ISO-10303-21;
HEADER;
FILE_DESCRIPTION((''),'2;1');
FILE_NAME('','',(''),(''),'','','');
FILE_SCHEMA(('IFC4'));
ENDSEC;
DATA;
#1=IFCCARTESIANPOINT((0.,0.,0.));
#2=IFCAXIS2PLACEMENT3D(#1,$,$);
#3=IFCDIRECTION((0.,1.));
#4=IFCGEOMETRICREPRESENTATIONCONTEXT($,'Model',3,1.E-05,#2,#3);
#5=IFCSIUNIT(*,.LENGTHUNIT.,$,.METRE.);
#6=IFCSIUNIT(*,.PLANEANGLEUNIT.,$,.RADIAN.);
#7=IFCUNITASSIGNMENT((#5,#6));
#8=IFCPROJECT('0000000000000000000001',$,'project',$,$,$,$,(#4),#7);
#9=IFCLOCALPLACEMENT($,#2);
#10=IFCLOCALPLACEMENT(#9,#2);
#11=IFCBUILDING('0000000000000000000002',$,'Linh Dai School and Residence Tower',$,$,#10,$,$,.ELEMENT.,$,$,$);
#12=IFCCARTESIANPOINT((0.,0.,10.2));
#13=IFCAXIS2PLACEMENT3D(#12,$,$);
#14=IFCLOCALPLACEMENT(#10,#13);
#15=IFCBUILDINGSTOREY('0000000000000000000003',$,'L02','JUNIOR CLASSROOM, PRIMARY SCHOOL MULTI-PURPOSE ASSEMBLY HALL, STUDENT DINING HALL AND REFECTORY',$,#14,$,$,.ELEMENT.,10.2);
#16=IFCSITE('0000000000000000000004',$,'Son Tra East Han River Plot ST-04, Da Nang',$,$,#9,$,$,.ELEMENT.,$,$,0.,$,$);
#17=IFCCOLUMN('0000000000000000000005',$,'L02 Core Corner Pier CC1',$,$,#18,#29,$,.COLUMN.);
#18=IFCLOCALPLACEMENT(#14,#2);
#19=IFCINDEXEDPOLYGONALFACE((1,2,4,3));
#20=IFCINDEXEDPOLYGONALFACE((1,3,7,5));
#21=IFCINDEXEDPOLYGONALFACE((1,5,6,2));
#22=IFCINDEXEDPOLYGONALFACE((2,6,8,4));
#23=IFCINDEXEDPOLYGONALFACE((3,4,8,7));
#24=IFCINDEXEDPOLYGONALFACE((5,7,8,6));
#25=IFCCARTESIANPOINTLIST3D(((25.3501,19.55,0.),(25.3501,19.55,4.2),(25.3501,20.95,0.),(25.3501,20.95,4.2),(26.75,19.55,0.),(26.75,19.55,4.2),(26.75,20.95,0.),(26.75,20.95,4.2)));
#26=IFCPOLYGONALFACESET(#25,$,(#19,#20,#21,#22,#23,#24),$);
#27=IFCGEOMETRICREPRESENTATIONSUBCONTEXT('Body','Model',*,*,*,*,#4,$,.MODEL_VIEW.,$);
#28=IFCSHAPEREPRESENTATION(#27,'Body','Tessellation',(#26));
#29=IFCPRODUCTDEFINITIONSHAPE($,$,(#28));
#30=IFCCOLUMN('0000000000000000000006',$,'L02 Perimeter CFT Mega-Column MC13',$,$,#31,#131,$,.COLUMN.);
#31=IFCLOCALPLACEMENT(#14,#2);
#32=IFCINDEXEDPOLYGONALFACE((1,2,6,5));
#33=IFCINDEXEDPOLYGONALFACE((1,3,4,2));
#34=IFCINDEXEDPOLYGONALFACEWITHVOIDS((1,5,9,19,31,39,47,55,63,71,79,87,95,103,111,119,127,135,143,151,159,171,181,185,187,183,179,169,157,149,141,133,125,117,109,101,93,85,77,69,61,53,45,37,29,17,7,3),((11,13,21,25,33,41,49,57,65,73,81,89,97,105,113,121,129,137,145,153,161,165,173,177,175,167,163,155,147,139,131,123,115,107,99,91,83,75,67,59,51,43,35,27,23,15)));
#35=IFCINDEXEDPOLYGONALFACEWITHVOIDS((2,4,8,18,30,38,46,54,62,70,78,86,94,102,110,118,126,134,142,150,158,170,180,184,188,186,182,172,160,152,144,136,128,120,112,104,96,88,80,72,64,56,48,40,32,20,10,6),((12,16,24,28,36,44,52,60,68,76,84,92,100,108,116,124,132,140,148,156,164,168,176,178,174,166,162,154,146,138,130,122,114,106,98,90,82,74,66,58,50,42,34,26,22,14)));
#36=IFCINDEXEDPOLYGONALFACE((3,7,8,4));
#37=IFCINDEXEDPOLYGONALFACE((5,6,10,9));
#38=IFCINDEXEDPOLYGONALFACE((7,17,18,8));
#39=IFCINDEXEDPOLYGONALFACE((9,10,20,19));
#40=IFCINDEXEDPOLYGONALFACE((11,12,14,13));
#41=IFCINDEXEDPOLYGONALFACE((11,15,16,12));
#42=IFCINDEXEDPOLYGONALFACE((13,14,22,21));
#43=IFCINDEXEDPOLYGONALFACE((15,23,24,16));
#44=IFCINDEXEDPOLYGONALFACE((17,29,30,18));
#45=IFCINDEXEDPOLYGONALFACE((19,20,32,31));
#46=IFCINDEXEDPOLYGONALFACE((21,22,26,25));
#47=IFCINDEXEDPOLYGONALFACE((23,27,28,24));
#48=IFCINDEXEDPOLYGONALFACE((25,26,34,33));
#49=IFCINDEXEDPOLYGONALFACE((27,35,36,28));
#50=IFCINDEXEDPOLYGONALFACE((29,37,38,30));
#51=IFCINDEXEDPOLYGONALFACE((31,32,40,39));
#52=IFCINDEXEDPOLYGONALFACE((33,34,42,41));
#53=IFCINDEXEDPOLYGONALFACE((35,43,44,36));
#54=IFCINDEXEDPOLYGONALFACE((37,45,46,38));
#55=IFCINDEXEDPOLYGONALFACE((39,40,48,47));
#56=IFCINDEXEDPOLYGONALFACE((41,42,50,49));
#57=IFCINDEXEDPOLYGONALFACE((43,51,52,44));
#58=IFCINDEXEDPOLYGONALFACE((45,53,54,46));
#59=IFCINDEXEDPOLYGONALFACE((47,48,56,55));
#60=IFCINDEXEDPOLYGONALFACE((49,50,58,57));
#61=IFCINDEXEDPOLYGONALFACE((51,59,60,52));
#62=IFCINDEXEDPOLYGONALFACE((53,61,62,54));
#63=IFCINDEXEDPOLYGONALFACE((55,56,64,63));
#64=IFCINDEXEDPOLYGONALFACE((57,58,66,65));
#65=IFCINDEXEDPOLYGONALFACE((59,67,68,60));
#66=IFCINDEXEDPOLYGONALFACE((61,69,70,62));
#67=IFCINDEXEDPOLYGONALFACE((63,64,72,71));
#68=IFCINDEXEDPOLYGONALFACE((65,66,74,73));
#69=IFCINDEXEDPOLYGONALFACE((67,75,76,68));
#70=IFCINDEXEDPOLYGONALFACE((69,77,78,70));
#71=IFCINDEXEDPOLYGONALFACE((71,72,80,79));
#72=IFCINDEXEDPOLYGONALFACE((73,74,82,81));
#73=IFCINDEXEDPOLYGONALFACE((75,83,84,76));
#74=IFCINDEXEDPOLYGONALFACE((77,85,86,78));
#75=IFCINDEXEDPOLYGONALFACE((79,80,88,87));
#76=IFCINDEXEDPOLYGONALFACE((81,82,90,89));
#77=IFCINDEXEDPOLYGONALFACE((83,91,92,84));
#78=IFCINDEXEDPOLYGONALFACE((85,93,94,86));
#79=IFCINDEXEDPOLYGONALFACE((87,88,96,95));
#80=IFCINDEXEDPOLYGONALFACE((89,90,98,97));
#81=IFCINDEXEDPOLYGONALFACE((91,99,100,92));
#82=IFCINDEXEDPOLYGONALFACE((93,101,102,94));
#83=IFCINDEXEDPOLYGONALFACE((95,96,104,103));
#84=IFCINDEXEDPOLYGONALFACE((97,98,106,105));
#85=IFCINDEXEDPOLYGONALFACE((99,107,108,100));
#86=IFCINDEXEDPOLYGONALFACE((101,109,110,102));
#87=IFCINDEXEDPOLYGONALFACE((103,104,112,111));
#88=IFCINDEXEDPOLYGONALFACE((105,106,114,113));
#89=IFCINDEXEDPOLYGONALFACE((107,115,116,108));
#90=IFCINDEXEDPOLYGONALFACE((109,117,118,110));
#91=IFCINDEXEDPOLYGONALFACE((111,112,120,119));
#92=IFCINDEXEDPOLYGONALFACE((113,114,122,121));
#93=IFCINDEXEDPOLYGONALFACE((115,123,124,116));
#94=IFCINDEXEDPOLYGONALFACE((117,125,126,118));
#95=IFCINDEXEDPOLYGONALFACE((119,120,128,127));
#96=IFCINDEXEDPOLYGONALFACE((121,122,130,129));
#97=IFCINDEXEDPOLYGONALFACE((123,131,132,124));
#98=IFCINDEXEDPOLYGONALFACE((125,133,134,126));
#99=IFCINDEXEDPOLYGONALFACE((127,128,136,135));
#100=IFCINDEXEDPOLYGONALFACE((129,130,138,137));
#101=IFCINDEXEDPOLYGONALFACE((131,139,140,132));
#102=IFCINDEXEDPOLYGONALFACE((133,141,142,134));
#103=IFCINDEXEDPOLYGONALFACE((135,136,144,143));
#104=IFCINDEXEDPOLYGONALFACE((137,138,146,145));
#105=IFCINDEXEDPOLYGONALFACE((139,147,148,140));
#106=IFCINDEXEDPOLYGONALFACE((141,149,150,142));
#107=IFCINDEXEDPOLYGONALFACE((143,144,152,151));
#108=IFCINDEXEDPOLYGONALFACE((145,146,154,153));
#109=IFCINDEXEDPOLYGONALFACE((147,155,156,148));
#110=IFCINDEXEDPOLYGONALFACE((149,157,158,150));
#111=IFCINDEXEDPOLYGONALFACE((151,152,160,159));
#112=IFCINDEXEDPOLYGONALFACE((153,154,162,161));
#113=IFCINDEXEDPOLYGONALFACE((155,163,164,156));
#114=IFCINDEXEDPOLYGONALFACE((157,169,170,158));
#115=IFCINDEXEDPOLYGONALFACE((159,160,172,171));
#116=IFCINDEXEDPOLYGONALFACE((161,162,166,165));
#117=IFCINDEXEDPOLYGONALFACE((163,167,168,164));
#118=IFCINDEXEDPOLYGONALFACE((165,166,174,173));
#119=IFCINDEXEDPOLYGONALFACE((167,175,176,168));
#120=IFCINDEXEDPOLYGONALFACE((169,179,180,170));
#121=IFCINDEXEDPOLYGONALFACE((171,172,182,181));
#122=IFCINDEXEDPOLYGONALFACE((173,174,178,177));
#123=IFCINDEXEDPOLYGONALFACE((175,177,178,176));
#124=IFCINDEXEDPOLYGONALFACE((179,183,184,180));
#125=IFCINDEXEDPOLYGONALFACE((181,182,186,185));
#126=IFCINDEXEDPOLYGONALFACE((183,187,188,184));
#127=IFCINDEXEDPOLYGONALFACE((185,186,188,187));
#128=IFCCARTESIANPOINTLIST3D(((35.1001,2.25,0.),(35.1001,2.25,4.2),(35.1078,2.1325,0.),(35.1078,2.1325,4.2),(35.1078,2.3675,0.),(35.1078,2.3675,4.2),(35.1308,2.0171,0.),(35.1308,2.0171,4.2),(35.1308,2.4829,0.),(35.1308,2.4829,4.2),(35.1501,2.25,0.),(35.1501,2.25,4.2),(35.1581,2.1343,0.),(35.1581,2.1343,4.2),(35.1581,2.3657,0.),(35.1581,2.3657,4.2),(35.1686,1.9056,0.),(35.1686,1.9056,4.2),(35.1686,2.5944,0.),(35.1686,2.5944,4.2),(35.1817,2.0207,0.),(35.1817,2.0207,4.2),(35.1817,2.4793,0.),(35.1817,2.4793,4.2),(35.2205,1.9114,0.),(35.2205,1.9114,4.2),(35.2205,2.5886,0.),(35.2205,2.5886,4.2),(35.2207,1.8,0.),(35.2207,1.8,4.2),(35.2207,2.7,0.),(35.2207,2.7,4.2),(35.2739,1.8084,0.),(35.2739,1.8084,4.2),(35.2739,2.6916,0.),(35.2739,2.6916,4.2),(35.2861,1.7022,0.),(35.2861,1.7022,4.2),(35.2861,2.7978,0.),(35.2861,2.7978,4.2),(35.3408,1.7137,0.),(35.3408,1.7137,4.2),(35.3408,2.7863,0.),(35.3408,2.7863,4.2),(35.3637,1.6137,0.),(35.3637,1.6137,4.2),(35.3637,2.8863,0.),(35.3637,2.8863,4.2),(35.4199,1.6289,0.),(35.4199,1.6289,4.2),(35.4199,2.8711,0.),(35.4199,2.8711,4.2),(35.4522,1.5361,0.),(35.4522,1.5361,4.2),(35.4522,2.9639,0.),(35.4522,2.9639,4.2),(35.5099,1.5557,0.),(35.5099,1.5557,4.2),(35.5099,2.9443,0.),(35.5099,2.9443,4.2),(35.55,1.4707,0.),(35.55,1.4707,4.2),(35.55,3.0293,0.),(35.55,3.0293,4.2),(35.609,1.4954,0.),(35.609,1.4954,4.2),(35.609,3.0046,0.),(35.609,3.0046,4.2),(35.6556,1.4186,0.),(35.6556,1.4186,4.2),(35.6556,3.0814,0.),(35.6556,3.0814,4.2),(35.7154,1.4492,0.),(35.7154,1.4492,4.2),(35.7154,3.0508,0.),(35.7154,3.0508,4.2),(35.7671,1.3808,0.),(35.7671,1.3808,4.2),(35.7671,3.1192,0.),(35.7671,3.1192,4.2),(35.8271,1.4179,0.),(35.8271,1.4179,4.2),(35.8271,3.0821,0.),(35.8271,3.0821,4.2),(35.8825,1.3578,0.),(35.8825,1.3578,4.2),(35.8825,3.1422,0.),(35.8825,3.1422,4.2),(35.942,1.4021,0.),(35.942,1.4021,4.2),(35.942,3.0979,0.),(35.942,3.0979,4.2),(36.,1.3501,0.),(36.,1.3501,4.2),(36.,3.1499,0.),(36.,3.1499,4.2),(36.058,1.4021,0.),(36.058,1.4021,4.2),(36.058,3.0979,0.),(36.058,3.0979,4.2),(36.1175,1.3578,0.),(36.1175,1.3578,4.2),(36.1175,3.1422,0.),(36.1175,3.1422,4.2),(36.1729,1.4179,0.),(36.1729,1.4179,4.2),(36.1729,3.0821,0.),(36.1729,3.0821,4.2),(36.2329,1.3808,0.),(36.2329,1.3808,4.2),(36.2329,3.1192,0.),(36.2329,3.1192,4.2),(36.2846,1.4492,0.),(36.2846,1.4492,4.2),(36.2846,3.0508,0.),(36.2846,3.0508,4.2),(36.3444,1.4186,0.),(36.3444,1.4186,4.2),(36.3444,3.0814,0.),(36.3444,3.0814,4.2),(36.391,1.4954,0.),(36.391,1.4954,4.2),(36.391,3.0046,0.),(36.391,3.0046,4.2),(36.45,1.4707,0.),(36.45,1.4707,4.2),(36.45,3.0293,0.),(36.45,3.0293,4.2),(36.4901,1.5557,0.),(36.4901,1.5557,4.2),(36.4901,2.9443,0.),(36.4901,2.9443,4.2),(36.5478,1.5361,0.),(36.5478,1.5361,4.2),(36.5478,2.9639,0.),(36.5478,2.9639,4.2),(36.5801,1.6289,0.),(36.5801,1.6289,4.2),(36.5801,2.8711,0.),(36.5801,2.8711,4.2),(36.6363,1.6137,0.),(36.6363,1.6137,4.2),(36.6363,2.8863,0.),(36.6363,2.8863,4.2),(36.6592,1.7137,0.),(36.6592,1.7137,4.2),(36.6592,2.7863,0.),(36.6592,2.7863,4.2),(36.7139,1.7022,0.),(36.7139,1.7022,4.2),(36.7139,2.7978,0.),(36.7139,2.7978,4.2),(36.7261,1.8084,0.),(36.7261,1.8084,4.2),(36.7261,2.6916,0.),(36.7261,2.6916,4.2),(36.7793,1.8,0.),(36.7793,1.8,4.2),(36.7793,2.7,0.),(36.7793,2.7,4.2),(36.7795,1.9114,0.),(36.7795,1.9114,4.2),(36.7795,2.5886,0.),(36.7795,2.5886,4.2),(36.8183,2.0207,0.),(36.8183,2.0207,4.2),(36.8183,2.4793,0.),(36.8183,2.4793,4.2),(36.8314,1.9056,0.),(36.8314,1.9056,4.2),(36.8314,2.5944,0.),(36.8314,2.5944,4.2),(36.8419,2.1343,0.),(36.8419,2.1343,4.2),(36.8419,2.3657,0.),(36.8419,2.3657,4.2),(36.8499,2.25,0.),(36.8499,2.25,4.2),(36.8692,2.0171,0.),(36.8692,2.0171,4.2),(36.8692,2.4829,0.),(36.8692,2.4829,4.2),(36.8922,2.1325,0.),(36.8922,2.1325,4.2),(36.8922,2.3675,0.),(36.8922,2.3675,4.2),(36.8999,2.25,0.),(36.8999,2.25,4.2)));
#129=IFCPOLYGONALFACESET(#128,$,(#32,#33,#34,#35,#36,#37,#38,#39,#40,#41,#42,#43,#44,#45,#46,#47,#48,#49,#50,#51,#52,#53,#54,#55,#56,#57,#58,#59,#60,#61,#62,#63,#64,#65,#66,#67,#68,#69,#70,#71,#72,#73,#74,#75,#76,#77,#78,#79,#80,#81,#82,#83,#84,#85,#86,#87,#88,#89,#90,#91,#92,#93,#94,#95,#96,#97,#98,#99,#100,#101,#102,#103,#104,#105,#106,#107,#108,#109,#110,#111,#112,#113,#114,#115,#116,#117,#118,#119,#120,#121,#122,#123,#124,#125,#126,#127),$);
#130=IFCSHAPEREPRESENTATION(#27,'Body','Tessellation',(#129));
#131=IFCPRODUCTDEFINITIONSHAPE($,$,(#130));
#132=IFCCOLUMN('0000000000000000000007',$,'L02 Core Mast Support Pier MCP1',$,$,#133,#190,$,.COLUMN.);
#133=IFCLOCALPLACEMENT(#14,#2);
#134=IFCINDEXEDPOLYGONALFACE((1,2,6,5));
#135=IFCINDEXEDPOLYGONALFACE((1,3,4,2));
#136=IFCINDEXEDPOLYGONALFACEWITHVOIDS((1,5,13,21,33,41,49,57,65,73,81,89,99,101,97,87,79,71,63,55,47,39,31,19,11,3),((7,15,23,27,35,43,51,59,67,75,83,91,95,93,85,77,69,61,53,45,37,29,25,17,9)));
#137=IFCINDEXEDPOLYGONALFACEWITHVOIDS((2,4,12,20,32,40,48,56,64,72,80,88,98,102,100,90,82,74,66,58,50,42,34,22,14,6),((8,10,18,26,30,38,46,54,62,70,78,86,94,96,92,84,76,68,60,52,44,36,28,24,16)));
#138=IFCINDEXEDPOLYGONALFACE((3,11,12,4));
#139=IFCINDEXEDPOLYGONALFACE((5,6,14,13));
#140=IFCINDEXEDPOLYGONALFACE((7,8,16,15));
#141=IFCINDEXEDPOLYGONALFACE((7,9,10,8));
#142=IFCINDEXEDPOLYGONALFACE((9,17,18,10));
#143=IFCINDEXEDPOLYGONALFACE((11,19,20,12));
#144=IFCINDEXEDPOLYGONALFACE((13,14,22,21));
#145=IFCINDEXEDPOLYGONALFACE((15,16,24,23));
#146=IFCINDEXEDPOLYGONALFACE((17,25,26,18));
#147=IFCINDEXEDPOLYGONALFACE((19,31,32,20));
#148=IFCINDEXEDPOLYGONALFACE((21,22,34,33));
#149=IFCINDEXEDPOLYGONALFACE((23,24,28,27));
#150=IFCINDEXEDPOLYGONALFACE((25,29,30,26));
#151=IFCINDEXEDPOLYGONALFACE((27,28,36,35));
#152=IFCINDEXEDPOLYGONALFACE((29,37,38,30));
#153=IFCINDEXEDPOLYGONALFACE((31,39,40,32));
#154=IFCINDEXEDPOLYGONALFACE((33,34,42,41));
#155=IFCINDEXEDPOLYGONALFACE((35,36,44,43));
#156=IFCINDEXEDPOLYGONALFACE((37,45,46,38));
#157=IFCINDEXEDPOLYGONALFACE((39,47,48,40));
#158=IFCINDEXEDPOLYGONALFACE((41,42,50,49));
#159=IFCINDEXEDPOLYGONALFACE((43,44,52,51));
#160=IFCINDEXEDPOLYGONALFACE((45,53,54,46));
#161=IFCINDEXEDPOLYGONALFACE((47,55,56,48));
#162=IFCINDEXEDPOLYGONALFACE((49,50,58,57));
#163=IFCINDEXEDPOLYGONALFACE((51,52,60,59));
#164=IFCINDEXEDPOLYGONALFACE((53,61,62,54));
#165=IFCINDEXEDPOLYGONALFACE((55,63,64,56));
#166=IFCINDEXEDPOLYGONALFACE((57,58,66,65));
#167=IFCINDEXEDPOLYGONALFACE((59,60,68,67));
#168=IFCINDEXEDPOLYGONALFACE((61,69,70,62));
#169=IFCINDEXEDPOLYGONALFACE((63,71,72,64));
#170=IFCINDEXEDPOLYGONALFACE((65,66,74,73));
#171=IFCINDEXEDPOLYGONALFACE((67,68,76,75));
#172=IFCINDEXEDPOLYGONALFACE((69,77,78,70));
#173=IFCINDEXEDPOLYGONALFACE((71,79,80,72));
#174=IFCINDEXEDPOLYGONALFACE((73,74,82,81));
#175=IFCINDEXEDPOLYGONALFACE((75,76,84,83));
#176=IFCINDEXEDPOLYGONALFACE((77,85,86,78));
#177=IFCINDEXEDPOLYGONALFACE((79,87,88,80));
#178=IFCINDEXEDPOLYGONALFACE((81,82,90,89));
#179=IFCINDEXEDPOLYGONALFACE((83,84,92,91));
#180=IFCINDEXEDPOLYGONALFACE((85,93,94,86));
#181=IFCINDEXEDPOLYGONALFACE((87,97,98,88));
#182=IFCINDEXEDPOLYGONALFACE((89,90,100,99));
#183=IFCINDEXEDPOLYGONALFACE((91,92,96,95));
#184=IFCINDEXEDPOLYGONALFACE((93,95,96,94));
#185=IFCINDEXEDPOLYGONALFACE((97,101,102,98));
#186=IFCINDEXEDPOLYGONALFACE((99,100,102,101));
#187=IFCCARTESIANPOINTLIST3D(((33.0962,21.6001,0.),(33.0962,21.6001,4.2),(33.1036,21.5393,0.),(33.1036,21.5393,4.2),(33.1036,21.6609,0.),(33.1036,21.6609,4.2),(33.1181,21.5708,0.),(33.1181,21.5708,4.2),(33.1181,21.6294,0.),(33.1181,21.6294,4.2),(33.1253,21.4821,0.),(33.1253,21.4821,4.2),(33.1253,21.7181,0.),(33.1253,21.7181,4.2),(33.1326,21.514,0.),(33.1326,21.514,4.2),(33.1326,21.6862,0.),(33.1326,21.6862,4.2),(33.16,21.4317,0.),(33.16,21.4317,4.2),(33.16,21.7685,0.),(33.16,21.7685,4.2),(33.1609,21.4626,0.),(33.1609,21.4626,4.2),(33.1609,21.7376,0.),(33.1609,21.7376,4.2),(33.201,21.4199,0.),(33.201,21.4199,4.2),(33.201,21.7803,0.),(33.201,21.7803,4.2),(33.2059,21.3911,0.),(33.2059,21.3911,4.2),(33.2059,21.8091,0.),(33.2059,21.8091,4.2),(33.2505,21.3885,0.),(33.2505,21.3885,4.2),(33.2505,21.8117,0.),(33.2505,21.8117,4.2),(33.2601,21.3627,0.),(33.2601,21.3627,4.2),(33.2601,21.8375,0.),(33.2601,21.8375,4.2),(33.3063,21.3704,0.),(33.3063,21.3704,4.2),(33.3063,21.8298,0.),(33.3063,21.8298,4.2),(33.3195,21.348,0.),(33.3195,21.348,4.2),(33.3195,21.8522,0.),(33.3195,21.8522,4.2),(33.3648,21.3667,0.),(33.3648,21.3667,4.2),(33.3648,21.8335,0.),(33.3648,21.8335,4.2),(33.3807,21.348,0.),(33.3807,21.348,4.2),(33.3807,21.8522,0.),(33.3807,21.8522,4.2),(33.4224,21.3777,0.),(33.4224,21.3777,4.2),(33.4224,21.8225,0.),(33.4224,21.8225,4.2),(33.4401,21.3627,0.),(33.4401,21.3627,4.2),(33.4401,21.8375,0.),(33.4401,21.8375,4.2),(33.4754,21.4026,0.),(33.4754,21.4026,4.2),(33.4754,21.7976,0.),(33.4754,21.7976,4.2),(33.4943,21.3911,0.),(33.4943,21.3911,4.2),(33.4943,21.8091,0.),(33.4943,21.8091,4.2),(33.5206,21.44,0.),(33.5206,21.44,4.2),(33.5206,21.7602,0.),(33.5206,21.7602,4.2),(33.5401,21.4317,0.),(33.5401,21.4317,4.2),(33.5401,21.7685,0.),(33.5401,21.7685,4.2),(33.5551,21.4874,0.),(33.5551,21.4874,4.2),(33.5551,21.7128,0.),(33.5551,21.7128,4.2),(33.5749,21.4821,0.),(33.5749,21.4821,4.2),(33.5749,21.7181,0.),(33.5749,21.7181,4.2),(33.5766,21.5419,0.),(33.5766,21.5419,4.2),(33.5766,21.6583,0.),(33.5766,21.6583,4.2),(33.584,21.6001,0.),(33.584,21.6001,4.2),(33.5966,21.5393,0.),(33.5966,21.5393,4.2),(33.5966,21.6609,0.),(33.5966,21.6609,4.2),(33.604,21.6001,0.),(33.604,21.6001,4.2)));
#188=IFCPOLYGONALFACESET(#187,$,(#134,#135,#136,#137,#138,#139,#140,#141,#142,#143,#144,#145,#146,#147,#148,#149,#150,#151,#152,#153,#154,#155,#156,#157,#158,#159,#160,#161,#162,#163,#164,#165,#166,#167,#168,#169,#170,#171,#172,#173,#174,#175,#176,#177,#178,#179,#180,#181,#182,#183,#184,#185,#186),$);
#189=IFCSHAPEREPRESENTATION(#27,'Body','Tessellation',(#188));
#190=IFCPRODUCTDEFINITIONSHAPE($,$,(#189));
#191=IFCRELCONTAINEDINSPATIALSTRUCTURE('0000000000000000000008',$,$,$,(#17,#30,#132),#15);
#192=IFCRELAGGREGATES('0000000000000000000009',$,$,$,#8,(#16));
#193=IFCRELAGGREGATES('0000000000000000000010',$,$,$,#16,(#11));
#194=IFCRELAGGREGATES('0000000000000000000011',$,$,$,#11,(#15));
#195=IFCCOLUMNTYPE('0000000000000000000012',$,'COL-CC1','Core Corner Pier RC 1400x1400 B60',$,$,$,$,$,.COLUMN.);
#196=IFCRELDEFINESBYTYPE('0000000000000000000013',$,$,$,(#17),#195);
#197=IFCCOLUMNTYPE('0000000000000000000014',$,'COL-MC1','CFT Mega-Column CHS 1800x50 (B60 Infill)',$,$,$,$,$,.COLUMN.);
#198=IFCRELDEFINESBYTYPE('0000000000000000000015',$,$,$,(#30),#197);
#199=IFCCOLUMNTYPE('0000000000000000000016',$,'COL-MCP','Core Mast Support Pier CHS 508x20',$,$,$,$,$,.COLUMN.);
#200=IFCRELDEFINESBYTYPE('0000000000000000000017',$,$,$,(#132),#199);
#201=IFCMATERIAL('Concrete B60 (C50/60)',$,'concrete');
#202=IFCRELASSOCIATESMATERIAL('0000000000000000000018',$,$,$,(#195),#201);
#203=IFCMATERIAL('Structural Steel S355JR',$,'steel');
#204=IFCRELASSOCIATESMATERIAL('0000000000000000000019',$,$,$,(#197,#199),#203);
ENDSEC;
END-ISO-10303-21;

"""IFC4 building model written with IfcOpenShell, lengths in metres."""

from ifc_helpers import new_model, si_unit, direction, frame, origin, origin_2d, place, context, subcontext, project, spatial, rectangle, hollow_circle, extrude, material, material_profile, profile_set, type_object, element, save


model = new_model("IFC4")

# Units and contexts
model_context = context("Model", 3, precision=1e-05, world=origin(), true_north=direction((0.0, 1.0)))
body_context = subcontext(model_context, "Body", "Model", "MODEL_VIEW")
ifc_project = project(units=[si_unit("LENGTHUNIT", "METRE"), si_unit("PLANEANGLEUNIT", "RADIAN")], contexts=[model_context])

# Site, building, storey
site_placement = place(None, origin())
site = spatial("IfcSite", under=ifc_project, at=site_placement, Name="Son Tra East Han River Plot ST-04, Da Nang", CompositionType="ELEMENT", RefElevation=0.0)
building_placement = place(site_placement, origin())
building = spatial("IfcBuilding", under=site, at=building_placement, Name="Linh Dai School and Residence Tower", CompositionType="ELEMENT")
storey_placement = place(building_placement, frame((0.0, 0.0, 10.2)))
storey = spatial("IfcBuildingStorey", under=building, at=storey_placement, Name="L02", Description="JUNIOR CLASSROOM, PRIMARY SCHOOL MULTI-PURPOSE ASSEMBLY HALL, STUDENT DINING HALL AND REFECTORY", CompositionType="ELEMENT", Elevation=10.2)

# Columns
ifc_material_1 = material(Name="Concrete B60 (C50/60)", Category="concrete")
ifc_material_profile_1 = material_profile(ifc_material_1, rectangle(XDim=1.3999, YDim=1.3999, at=origin_2d()), Name="RC 1400x1400")
ifc_profile_set_1 = profile_set([ifc_material_profile_1], Name="Concrete B60 (C50/60)")
column_type_1 = type_object("IfcColumnType", Name="COL-CC1", Description="Core Corner Pier RC 1400x1400 B60", PredefinedType="COLUMN", material=ifc_profile_set_1)
column_1_placement = place(storey_placement, frame((26.05, 20.25, 0.0), z_axis=(0.0, 0.0, 1.0), x_axis=(1.0, 0.0, 0.0)))
element("IfcColumn", 1, at=column_1_placement, inside=storey, type_object=column_type_1, Name="L02 Core Corner Pier CC1", PredefinedType="COLUMN", context=body_context, shape_type="SweptSolid", body=[
    extrude(rectangle(XDim=1.3999, YDim=1.3999, at=origin_2d()), origin(), (0.0, 0.0, 1.0), 4.2),
])
ifc_material_2 = material(Name="Structural Steel S355JR", Category="steel")
ifc_material_profile_2 = material_profile(ifc_material_2, hollow_circle(Radius=0.8999, WallThickness=0.05, at=origin_2d()), Name="CHS 1800x50")
ifc_profile_set_2 = profile_set([ifc_material_profile_2], Name="Structural Steel S355JR")
column_type_2 = type_object("IfcColumnType", Name="COL-MC1", Description="CFT Mega-Column CHS 1800x50 (B60 Infill)", PredefinedType="COLUMN", material=ifc_profile_set_2)
column_2_placement = place(storey_placement, frame((36.0, 2.25, 0.0), z_axis=(0.0, 0.0, 1.0), x_axis=(1.0, 0.0, 0.0)))
element("IfcColumn", 2, at=column_2_placement, inside=storey, type_object=column_type_2, Name="L02 Perimeter CFT Mega-Column MC13", PredefinedType="COLUMN", context=body_context, shape_type="SweptSolid", body=[
    extrude(hollow_circle(Radius=0.8999, WallThickness=0.05, at=origin_2d()), origin(), (0.0, 0.0, 1.0), 4.2),
])
ifc_material_profile_3 = material_profile(ifc_material_2, hollow_circle(Radius=0.2539, WallThickness=0.02, at=origin_2d()), Name="CHS 508x20")
ifc_profile_set_3 = profile_set([ifc_material_profile_3], Name="Structural Steel S355JR")
column_type_3 = type_object("IfcColumnType", Name="COL-MCP", Description="Core Mast Support Pier CHS 508x20", PredefinedType="COLUMN", material=ifc_profile_set_3)
column_3_placement = place(storey_placement, frame((33.3501, 21.6001, 0.0), z_axis=(0.0, 0.0, 1.0), x_axis=(1.0, 0.0, 0.0)))
element("IfcColumn", 3, at=column_3_placement, inside=storey, type_object=column_type_3, Name="L02 Core Mast Support Pier MCP1", PredefinedType="COLUMN", context=body_context, shape_type="SweptSolid", body=[
    extrude(hollow_circle(Radius=0.2539, WallThickness=0.02, at=origin_2d()), origin(), (0.0, 0.0, 1.0), 4.2),
])

save(model, "model.ifc")
